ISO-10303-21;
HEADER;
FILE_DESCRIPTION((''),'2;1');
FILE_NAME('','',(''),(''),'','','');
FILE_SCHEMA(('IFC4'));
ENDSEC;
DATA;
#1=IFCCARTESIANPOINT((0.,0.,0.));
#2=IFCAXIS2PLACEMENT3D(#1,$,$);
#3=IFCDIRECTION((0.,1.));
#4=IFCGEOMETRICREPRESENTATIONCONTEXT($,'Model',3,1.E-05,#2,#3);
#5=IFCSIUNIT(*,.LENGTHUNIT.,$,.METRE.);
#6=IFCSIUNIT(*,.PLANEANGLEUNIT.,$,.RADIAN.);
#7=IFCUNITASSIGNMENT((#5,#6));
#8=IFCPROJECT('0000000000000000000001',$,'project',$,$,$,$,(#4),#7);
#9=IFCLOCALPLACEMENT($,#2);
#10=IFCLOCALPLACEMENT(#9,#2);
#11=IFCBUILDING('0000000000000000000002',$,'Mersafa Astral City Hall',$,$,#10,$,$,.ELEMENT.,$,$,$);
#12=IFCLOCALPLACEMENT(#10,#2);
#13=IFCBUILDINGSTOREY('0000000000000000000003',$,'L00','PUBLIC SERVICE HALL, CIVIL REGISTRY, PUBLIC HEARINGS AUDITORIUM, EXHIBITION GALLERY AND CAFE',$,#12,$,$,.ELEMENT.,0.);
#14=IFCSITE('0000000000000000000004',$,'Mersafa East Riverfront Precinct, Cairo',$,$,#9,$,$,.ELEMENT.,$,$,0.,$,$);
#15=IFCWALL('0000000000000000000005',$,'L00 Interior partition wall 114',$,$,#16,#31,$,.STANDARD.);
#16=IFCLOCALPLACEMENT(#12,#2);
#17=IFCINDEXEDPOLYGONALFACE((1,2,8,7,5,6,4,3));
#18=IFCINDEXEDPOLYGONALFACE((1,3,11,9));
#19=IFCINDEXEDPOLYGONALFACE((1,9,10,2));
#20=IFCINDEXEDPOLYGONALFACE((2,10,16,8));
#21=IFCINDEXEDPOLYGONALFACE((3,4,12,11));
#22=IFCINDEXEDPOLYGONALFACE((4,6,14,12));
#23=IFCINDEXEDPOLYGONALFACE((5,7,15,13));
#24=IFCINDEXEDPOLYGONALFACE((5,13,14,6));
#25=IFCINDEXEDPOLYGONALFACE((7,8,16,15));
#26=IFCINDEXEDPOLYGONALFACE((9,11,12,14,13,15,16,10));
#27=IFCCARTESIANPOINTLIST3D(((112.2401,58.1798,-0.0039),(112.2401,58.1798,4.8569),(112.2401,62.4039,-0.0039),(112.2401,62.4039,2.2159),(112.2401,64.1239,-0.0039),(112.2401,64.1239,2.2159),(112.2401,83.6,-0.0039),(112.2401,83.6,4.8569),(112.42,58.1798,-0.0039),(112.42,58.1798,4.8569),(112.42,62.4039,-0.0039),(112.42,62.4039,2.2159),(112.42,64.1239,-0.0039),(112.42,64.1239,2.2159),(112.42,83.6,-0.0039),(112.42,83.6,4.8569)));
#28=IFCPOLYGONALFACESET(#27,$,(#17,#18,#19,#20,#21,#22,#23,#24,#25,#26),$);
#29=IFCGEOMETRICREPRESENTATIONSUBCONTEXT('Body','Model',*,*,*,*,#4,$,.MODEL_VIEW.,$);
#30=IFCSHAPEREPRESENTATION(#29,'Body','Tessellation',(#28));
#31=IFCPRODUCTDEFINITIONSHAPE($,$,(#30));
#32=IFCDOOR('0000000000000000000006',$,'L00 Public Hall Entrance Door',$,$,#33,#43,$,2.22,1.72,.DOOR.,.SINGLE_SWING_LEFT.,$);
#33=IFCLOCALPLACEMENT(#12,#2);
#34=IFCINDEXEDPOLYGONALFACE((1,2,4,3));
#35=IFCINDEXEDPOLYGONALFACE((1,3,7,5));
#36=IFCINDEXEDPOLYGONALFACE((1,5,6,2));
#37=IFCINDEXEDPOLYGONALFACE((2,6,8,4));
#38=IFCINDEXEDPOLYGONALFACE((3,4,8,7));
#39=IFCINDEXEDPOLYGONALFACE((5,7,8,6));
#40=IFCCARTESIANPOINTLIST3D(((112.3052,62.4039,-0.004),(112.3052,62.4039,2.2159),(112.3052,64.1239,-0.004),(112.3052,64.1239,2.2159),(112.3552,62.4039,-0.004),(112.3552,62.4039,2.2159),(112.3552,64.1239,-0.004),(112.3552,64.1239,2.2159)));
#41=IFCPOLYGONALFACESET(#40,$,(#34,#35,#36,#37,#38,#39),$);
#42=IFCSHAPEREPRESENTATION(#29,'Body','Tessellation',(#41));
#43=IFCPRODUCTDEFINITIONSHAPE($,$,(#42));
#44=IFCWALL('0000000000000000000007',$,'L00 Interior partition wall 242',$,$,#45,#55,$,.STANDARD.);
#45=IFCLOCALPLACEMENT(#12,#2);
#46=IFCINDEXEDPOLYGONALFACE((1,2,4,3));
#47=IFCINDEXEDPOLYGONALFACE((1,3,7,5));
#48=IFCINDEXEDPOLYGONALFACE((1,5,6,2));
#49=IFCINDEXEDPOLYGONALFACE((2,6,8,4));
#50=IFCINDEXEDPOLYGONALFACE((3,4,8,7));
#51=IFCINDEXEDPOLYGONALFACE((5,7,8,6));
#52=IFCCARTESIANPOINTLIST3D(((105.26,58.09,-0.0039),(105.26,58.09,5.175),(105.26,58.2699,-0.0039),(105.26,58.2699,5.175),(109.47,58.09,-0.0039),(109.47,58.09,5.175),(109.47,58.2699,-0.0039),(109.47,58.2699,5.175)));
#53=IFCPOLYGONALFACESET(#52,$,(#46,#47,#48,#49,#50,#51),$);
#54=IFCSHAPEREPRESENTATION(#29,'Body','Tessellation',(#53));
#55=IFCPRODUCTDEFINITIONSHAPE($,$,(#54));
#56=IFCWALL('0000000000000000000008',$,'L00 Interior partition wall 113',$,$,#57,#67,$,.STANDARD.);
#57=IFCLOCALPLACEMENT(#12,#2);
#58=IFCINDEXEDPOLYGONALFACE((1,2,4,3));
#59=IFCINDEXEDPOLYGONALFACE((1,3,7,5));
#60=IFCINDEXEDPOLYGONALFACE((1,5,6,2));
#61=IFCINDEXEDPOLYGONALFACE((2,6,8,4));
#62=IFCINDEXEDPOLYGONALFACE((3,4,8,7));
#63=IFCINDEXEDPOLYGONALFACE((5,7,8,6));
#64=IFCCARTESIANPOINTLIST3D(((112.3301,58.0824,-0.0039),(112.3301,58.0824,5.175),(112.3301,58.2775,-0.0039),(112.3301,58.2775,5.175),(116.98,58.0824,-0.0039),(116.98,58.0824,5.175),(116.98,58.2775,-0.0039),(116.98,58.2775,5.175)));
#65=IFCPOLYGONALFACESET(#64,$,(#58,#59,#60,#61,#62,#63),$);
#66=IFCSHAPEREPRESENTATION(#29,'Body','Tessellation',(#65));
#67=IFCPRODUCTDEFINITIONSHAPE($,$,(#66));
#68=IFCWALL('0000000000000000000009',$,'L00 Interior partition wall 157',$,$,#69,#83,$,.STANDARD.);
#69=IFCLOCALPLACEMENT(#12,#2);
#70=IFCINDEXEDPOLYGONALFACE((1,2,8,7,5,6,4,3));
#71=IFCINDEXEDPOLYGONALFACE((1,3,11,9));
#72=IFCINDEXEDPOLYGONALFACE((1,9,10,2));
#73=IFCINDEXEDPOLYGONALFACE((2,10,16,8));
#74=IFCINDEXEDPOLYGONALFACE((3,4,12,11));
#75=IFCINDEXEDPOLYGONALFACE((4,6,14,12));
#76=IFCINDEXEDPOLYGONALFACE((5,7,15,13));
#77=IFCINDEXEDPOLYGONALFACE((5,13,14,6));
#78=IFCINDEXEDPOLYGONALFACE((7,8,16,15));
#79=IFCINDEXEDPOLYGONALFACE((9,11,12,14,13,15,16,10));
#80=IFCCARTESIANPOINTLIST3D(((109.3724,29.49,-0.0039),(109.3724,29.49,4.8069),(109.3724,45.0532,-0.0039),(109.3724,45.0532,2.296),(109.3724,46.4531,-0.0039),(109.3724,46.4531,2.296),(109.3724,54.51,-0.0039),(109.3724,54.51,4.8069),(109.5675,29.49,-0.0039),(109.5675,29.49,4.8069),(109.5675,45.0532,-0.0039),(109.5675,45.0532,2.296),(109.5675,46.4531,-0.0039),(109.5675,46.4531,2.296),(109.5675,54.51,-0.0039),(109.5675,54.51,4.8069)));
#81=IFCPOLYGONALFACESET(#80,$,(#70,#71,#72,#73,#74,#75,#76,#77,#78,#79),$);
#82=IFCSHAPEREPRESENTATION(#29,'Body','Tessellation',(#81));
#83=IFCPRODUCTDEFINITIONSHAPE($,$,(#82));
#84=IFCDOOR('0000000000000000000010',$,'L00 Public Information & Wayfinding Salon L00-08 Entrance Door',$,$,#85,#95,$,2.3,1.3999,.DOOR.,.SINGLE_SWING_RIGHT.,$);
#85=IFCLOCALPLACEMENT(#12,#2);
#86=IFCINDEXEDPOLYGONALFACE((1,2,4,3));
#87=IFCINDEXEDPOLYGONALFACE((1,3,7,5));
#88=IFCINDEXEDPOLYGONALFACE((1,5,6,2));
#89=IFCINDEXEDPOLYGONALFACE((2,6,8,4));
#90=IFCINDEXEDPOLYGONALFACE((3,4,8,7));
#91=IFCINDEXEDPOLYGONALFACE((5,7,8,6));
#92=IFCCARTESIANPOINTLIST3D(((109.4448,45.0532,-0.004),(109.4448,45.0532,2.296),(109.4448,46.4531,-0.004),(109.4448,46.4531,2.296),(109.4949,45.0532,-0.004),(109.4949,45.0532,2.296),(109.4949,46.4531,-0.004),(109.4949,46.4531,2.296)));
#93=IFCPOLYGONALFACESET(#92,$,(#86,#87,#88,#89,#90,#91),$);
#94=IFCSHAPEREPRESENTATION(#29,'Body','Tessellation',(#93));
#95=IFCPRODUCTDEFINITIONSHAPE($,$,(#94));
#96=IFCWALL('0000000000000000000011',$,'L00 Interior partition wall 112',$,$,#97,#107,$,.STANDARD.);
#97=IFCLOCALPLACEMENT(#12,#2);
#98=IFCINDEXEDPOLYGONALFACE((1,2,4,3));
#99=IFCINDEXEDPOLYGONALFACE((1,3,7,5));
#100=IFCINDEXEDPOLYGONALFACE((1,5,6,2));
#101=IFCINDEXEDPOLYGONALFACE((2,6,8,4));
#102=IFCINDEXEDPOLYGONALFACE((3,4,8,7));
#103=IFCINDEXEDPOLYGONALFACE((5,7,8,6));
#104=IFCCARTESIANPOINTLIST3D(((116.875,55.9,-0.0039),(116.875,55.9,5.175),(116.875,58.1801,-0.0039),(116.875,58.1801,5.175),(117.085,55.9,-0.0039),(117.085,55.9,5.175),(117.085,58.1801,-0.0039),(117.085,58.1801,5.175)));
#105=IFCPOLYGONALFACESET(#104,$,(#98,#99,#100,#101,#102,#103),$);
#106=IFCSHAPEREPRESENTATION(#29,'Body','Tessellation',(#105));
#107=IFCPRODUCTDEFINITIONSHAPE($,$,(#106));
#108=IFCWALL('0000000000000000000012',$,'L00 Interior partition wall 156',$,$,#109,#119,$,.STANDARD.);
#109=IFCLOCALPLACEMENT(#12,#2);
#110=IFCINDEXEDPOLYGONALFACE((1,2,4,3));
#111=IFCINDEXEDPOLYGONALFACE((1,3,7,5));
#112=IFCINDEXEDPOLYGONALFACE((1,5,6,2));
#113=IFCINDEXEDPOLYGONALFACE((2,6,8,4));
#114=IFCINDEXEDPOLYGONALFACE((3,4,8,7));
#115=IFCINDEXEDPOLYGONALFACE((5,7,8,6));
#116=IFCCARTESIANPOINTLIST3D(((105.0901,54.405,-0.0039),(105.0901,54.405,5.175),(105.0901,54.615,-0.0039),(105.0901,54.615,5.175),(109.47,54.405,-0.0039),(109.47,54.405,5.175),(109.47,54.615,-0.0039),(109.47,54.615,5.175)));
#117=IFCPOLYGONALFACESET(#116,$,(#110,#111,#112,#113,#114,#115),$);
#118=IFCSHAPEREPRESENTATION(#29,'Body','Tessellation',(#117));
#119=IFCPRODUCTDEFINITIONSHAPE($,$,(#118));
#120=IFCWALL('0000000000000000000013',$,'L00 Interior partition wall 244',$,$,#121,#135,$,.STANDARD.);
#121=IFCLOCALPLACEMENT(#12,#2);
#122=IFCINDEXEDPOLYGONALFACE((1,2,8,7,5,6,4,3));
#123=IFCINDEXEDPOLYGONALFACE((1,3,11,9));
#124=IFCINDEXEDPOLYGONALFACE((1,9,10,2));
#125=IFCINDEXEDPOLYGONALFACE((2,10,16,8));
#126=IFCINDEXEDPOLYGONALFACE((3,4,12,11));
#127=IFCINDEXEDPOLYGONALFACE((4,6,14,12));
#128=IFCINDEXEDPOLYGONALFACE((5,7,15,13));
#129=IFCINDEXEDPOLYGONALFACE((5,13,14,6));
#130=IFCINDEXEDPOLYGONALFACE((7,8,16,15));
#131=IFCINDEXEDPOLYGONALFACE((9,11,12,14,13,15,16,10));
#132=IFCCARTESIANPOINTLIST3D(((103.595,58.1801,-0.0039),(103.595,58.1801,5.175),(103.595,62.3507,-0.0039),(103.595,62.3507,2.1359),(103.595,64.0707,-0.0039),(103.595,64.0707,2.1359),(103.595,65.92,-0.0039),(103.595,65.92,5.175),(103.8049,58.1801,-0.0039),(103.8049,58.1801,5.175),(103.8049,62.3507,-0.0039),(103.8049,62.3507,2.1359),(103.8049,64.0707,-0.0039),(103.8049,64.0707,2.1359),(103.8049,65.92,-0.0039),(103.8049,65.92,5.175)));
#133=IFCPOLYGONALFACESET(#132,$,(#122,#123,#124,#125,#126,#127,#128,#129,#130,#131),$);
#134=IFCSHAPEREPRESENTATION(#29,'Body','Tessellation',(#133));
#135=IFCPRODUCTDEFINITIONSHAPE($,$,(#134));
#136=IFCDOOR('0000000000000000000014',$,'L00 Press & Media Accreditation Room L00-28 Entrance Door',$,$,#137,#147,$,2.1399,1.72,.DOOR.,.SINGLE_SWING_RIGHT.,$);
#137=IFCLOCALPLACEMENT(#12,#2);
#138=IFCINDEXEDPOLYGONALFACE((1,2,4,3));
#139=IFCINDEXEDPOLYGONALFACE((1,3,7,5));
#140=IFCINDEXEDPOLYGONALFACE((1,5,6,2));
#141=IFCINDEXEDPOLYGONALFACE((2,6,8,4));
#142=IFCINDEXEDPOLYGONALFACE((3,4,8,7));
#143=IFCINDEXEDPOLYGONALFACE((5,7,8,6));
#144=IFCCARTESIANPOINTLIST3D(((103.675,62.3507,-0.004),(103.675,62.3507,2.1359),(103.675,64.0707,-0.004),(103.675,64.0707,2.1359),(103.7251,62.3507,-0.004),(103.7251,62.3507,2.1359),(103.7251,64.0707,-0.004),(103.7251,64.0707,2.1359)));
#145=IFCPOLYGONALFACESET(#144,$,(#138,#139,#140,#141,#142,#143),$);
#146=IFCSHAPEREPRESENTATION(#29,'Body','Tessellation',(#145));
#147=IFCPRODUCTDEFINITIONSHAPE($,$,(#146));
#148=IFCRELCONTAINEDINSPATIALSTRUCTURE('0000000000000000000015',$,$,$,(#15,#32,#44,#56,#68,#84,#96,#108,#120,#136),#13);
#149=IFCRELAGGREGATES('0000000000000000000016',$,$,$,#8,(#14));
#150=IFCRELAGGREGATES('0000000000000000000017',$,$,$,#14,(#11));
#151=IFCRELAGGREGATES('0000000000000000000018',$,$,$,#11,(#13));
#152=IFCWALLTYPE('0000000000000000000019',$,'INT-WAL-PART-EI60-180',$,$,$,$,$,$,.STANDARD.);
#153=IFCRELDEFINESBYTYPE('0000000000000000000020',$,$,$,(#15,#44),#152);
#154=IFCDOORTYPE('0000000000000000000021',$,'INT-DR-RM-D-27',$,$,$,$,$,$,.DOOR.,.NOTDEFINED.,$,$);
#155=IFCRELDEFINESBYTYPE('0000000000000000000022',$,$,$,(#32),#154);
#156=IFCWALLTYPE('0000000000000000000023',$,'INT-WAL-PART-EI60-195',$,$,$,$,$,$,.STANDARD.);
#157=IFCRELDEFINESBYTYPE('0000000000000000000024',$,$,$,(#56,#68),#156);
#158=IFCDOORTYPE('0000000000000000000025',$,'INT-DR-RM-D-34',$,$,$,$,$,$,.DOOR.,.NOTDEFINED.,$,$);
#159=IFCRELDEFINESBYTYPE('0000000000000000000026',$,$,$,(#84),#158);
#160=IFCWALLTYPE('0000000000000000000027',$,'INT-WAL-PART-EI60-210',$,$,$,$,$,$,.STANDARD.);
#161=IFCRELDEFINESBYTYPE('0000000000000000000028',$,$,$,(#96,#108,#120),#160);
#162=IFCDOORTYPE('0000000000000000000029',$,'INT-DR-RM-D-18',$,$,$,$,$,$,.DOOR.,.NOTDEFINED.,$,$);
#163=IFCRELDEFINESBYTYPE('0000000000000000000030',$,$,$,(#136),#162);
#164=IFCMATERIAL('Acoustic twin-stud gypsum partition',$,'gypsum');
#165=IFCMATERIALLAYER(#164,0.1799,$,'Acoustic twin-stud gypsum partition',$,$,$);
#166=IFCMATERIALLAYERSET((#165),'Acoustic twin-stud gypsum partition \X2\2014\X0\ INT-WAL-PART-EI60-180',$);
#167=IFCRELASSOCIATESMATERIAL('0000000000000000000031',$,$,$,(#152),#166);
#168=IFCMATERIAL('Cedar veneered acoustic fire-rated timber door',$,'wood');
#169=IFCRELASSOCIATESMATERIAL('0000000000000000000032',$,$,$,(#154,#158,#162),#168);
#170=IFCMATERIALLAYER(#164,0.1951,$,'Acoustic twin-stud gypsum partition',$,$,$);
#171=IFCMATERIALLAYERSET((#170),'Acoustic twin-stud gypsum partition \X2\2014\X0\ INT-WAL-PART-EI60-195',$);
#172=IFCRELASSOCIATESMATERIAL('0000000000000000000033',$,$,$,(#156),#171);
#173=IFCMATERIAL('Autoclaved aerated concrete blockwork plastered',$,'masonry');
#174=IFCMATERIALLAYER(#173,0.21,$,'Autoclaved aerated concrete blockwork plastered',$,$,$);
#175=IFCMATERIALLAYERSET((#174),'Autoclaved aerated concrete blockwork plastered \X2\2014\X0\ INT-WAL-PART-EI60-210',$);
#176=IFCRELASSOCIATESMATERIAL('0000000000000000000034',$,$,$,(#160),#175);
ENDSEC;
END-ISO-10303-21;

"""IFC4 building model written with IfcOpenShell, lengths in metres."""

from ifc_helpers import new_model, si_unit, direction, frame, frame_2d, origin, place, context, subcontext, project, spatial, rectangle, extrude, material, layer, layer_set, type_object, element, fill, save


model = new_model("IFC4")

# Units and contexts
model_context = context("Model", 3, precision=1e-05, world=origin(), true_north=direction((0.0, 1.0)))
body_context = subcontext(model_context, "Body", "Model", "MODEL_VIEW")
ifc_project = project(units=[si_unit("LENGTHUNIT", "METRE"), si_unit("PLANEANGLEUNIT", "RADIAN")], contexts=[model_context])

# Site, building, storey
site_placement = place(None, origin())
site = spatial("IfcSite", under=ifc_project, at=site_placement, Name="Mersafa East Riverfront Precinct, Cairo", CompositionType="ELEMENT", RefElevation=0.0)
building_placement = place(site_placement, origin())
building = spatial("IfcBuilding", under=site, at=building_placement, Name="Mersafa Astral City Hall", CompositionType="ELEMENT")
storey_placement = place(building_placement, origin())
storey = spatial("IfcBuildingStorey", under=building, at=storey_placement, Name="L00", Description="PUBLIC SERVICE HALL, CIVIL REGISTRY, PUBLIC HEARINGS AUDITORIUM, EXHIBITION GALLERY AND CAFE", CompositionType="ELEMENT", Elevation=0.0)

# Wall, opening, door
ifc_material_1 = material(Name="Acoustic twin-stud gypsum partition", Category="gypsum")
ifc_layer_1 = layer(ifc_material_1, 0.1799, Name="Acoustic twin-stud gypsum partition")
ifc_layer_set_1 = layer_set([ifc_layer_1], Name="Acoustic twin-stud gypsum partition — INT-WAL-PART-EI60-180")
wall_type_1 = type_object("IfcWallType", Name="INT-WAL-PART-EI60-180", PredefinedType="STANDARD", material=ifc_layer_set_1)
wall_1_placement = place(storey_placement, frame((112.3301, 58.1799, -0.0039), z_axis=(0.0, 0.0, 1.0), x_axis=(0.0, 1.0, 0.0)))
wall_1 = element("IfcWall", 1, at=wall_1_placement, inside=storey, type_object=wall_type_1, Name="L00 Interior partition wall 114", PredefinedType="STANDARD", context=body_context, shape_type="SweptSolid", body=[
    extrude(rectangle(XDim=25.4202, YDim=0.1799, at=frame_2d((12.71, 0.0))), origin(), (0.0, 0.0, 1.0), 4.8608),
])
opening_1_placement = place(wall_1_placement, frame((4.2241, 0.0, 0.0)))
opening_1 = element("IfcOpeningElement", 2, at=opening_1_placement, cuts=wall_1, PredefinedType="OPENING", context=body_context, shape_type="SweptSolid", body=[
    extrude(rectangle(XDim=1.72, YDim=2.22, at=frame_2d((0.8599, 1.1099))), frame((0.0, 0.0999, 0.0), z_axis=(0.0, -1.0, 0.0), x_axis=(1.0, 0.0, 0.0)), (0.0, 0.0, 1.0), 0.2),
])
ifc_material_2 = material(Name="Cedar veneered acoustic fire-rated timber door", Category="wood")
door_type_1 = type_object("IfcDoorType", Name="INT-DR-RM-D-27", OperationType="NOTDEFINED", PredefinedType="DOOR", material=ifc_material_2)
door_1_placement = place(opening_1_placement, origin())
door_1 = element("IfcDoor", 3, at=door_1_placement, inside=storey, type_object=door_type_1, Name="L00 Public Hall Entrance Door", OperationType="SINGLE_SWING_LEFT", OverallHeight=2.22, OverallWidth=1.72, PredefinedType="DOOR", context=body_context, shape_type="SweptSolid", body=[
    extrude(rectangle(XDim=1.72, YDim=2.22, at=frame_2d((0.8599, 1.1099))), frame((0.0, 0.0249, 0.0), z_axis=(0.0, -1.0, 0.0), x_axis=(1.0, 0.0, 0.0)), (0.0, 0.0, 1.0), 0.05),
])
fill(opening_1, door_1)

# Walls
wall_2_placement = place(storey_placement, frame((109.47, 58.1799, -0.0039), z_axis=(0.0, 0.0, 1.0), x_axis=(-1.0, 0.0, 0.0)))
element("IfcWall", 4, at=wall_2_placement, inside=storey, type_object=wall_type_1, Name="L00 Interior partition wall 242", PredefinedType="STANDARD", context=body_context, shape_type="SweptSolid", body=[
    extrude(rectangle(XDim=4.21, YDim=0.1799, at=frame_2d((2.105, 0.0))), origin(), (0.0, 0.0, 1.0), 5.179),
])
ifc_layer_2 = layer(ifc_material_1, 0.1951, Name="Acoustic twin-stud gypsum partition")
ifc_layer_set_2 = layer_set([ifc_layer_2], Name="Acoustic twin-stud gypsum partition — INT-WAL-PART-EI60-195")
wall_type_2 = type_object("IfcWallType", Name="INT-WAL-PART-EI60-195", PredefinedType="STANDARD", material=ifc_layer_set_2)
wall_3_placement = place(storey_placement, frame((116.98, 58.1799, -0.0039), z_axis=(0.0, 0.0, 1.0), x_axis=(-1.0, 0.0, 0.0)))
element("IfcWall", 5, at=wall_3_placement, inside=storey, type_object=wall_type_2, Name="L00 Interior partition wall 113", PredefinedType="STANDARD", context=body_context, shape_type="SweptSolid", body=[
    extrude(rectangle(XDim=4.6499, YDim=0.1951, at=frame_2d((2.325, 0.0))), origin(), (0.0, 0.0, 1.0), 5.179),
])

# Wall, opening, door
wall_4_placement = place(storey_placement, frame((109.47, 54.51, -0.0039), z_axis=(0.0, 0.0, 1.0), x_axis=(0.0, -1.0, 0.0)))
wall_4 = element("IfcWall", 6, at=wall_4_placement, inside=storey, type_object=wall_type_2, Name="L00 Interior partition wall 157", PredefinedType="STANDARD", context=body_context, shape_type="SweptSolid", body=[
    extrude(rectangle(XDim=25.02, YDim=0.1951, at=frame_2d((12.51, 0.0))), origin(), (0.0, 0.0, 1.0), 4.8108),
])
opening_2_placement = place(wall_4_placement, frame((8.0569, 0.0, 0.0)))
opening_2 = element("IfcOpeningElement", 7, at=opening_2_placement, cuts=wall_4, PredefinedType="OPENING", context=body_context, shape_type="SweptSolid", body=[
    extrude(rectangle(XDim=1.3999, YDim=2.3, at=frame_2d((0.7, 1.1499))), frame((0.0, 0.1074, 0.0), z_axis=(0.0, -1.0, 0.0), x_axis=(1.0, 0.0, 0.0)), (0.0, 0.0, 1.0), 0.2151),
])
door_type_2 = type_object("IfcDoorType", Name="INT-DR-RM-D-34", OperationType="NOTDEFINED", PredefinedType="DOOR", material=ifc_material_2)
door_2_placement = place(opening_2_placement, origin())
door_2 = element("IfcDoor", 8, at=door_2_placement, inside=storey, type_object=door_type_2, Name="L00 Public Information & Wayfinding Salon L00-08 Entrance Door", OperationType="SINGLE_SWING_RIGHT", OverallHeight=2.3, OverallWidth=1.3999, PredefinedType="DOOR", context=body_context, shape_type="SweptSolid", body=[
    extrude(rectangle(XDim=1.3999, YDim=2.3, at=frame_2d((0.7, 1.1499))), frame((0.0, 0.0249, 0.0), z_axis=(0.0, -1.0, 0.0), x_axis=(1.0, 0.0, 0.0)), (0.0, 0.0, 1.0), 0.05),
])
fill(opening_2, door_2)

# Walls
ifc_material_3 = material(Name="Autoclaved aerated concrete blockwork plastered", Category="masonry")
ifc_layer_3 = layer(ifc_material_3, 0.21, Name="Autoclaved aerated concrete blockwork plastered")
ifc_layer_set_3 = layer_set([ifc_layer_3], Name="Autoclaved aerated concrete blockwork plastered — INT-WAL-PART-EI60-210")
wall_type_3 = type_object("IfcWallType", Name="INT-WAL-PART-EI60-210", PredefinedType="STANDARD", material=ifc_layer_set_3)
wall_5_placement = place(storey_placement, frame((116.98, 55.8999, -0.0039), z_axis=(0.0, 0.0, 1.0), x_axis=(0.0, 1.0, 0.0)))
element("IfcWall", 9, at=wall_5_placement, inside=storey, type_object=wall_type_3, Name="L00 Interior partition wall 112", PredefinedType="STANDARD", context=body_context, shape_type="SweptSolid", body=[
    extrude(rectangle(XDim=2.28, YDim=0.21, at=frame_2d((1.1401, 0.0))), origin(), (0.0, 0.0, 1.0), 5.179),
])
wall_6_placement = place(storey_placement, frame((105.0901, 54.51, -0.0039), z_axis=(0.0, 0.0, 1.0), x_axis=(1.0, 0.0, 0.0)))
element("IfcWall", 10, at=wall_6_placement, inside=storey, type_object=wall_type_3, Name="L00 Interior partition wall 156", PredefinedType="STANDARD", context=body_context, shape_type="SweptSolid", body=[
    extrude(rectangle(XDim=4.3799, YDim=0.21, at=frame_2d((2.1899, 0.0))), origin(), (0.0, 0.0, 1.0), 5.179),
])

# Wall, opening, door
wall_7_placement = place(storey_placement, frame((103.7, 58.1799, -0.0039), z_axis=(0.0, 0.0, 1.0), x_axis=(0.0, 1.0, 0.0)))
wall_7 = element("IfcWall", 11, at=wall_7_placement, inside=storey, type_object=wall_type_3, Name="L00 Interior partition wall 244", PredefinedType="STANDARD", context=body_context, shape_type="SweptSolid", body=[
    extrude(rectangle(XDim=7.74, YDim=0.21, at=frame_2d((3.8701, 0.0))), origin(), (0.0, 0.0, 1.0), 5.179),
])
opening_3_placement = place(wall_7_placement, frame((4.1709, 0.0, 0.0)))
opening_3 = element("IfcOpeningElement", 12, at=opening_3_placement, cuts=wall_7, PredefinedType="OPENING", context=body_context, shape_type="SweptSolid", body=[
    extrude(rectangle(XDim=1.72, YDim=2.1399, at=frame_2d((0.8599, 1.0698))), frame((0.0, 0.115, 0.0), z_axis=(0.0, -1.0, 0.0), x_axis=(1.0, 0.0, 0.0)), (0.0, 0.0, 1.0), 0.23),
])
door_type_3 = type_object("IfcDoorType", Name="INT-DR-RM-D-18", OperationType="NOTDEFINED", PredefinedType="DOOR", material=ifc_material_2)
door_3_placement = place(opening_3_placement, origin())
door_3 = element("IfcDoor", 13, at=door_3_placement, inside=storey, type_object=door_type_3, Name="L00 Press & Media Accreditation Room L00-28 Entrance Door", OperationType="SINGLE_SWING_RIGHT", OverallHeight=2.1399, OverallWidth=1.72, PredefinedType="DOOR", context=body_context, shape_type="SweptSolid", body=[
    extrude(rectangle(XDim=1.72, YDim=2.1399, at=frame_2d((0.8599, 1.0698))), frame((0.0, 0.0249, 0.0), z_axis=(0.0, -1.0, 0.0), x_axis=(1.0, 0.0, 0.0)), (0.0, 0.0, 1.0), 0.05),
])
fill(opening_3, door_3)

save(model, "model.ifc")
